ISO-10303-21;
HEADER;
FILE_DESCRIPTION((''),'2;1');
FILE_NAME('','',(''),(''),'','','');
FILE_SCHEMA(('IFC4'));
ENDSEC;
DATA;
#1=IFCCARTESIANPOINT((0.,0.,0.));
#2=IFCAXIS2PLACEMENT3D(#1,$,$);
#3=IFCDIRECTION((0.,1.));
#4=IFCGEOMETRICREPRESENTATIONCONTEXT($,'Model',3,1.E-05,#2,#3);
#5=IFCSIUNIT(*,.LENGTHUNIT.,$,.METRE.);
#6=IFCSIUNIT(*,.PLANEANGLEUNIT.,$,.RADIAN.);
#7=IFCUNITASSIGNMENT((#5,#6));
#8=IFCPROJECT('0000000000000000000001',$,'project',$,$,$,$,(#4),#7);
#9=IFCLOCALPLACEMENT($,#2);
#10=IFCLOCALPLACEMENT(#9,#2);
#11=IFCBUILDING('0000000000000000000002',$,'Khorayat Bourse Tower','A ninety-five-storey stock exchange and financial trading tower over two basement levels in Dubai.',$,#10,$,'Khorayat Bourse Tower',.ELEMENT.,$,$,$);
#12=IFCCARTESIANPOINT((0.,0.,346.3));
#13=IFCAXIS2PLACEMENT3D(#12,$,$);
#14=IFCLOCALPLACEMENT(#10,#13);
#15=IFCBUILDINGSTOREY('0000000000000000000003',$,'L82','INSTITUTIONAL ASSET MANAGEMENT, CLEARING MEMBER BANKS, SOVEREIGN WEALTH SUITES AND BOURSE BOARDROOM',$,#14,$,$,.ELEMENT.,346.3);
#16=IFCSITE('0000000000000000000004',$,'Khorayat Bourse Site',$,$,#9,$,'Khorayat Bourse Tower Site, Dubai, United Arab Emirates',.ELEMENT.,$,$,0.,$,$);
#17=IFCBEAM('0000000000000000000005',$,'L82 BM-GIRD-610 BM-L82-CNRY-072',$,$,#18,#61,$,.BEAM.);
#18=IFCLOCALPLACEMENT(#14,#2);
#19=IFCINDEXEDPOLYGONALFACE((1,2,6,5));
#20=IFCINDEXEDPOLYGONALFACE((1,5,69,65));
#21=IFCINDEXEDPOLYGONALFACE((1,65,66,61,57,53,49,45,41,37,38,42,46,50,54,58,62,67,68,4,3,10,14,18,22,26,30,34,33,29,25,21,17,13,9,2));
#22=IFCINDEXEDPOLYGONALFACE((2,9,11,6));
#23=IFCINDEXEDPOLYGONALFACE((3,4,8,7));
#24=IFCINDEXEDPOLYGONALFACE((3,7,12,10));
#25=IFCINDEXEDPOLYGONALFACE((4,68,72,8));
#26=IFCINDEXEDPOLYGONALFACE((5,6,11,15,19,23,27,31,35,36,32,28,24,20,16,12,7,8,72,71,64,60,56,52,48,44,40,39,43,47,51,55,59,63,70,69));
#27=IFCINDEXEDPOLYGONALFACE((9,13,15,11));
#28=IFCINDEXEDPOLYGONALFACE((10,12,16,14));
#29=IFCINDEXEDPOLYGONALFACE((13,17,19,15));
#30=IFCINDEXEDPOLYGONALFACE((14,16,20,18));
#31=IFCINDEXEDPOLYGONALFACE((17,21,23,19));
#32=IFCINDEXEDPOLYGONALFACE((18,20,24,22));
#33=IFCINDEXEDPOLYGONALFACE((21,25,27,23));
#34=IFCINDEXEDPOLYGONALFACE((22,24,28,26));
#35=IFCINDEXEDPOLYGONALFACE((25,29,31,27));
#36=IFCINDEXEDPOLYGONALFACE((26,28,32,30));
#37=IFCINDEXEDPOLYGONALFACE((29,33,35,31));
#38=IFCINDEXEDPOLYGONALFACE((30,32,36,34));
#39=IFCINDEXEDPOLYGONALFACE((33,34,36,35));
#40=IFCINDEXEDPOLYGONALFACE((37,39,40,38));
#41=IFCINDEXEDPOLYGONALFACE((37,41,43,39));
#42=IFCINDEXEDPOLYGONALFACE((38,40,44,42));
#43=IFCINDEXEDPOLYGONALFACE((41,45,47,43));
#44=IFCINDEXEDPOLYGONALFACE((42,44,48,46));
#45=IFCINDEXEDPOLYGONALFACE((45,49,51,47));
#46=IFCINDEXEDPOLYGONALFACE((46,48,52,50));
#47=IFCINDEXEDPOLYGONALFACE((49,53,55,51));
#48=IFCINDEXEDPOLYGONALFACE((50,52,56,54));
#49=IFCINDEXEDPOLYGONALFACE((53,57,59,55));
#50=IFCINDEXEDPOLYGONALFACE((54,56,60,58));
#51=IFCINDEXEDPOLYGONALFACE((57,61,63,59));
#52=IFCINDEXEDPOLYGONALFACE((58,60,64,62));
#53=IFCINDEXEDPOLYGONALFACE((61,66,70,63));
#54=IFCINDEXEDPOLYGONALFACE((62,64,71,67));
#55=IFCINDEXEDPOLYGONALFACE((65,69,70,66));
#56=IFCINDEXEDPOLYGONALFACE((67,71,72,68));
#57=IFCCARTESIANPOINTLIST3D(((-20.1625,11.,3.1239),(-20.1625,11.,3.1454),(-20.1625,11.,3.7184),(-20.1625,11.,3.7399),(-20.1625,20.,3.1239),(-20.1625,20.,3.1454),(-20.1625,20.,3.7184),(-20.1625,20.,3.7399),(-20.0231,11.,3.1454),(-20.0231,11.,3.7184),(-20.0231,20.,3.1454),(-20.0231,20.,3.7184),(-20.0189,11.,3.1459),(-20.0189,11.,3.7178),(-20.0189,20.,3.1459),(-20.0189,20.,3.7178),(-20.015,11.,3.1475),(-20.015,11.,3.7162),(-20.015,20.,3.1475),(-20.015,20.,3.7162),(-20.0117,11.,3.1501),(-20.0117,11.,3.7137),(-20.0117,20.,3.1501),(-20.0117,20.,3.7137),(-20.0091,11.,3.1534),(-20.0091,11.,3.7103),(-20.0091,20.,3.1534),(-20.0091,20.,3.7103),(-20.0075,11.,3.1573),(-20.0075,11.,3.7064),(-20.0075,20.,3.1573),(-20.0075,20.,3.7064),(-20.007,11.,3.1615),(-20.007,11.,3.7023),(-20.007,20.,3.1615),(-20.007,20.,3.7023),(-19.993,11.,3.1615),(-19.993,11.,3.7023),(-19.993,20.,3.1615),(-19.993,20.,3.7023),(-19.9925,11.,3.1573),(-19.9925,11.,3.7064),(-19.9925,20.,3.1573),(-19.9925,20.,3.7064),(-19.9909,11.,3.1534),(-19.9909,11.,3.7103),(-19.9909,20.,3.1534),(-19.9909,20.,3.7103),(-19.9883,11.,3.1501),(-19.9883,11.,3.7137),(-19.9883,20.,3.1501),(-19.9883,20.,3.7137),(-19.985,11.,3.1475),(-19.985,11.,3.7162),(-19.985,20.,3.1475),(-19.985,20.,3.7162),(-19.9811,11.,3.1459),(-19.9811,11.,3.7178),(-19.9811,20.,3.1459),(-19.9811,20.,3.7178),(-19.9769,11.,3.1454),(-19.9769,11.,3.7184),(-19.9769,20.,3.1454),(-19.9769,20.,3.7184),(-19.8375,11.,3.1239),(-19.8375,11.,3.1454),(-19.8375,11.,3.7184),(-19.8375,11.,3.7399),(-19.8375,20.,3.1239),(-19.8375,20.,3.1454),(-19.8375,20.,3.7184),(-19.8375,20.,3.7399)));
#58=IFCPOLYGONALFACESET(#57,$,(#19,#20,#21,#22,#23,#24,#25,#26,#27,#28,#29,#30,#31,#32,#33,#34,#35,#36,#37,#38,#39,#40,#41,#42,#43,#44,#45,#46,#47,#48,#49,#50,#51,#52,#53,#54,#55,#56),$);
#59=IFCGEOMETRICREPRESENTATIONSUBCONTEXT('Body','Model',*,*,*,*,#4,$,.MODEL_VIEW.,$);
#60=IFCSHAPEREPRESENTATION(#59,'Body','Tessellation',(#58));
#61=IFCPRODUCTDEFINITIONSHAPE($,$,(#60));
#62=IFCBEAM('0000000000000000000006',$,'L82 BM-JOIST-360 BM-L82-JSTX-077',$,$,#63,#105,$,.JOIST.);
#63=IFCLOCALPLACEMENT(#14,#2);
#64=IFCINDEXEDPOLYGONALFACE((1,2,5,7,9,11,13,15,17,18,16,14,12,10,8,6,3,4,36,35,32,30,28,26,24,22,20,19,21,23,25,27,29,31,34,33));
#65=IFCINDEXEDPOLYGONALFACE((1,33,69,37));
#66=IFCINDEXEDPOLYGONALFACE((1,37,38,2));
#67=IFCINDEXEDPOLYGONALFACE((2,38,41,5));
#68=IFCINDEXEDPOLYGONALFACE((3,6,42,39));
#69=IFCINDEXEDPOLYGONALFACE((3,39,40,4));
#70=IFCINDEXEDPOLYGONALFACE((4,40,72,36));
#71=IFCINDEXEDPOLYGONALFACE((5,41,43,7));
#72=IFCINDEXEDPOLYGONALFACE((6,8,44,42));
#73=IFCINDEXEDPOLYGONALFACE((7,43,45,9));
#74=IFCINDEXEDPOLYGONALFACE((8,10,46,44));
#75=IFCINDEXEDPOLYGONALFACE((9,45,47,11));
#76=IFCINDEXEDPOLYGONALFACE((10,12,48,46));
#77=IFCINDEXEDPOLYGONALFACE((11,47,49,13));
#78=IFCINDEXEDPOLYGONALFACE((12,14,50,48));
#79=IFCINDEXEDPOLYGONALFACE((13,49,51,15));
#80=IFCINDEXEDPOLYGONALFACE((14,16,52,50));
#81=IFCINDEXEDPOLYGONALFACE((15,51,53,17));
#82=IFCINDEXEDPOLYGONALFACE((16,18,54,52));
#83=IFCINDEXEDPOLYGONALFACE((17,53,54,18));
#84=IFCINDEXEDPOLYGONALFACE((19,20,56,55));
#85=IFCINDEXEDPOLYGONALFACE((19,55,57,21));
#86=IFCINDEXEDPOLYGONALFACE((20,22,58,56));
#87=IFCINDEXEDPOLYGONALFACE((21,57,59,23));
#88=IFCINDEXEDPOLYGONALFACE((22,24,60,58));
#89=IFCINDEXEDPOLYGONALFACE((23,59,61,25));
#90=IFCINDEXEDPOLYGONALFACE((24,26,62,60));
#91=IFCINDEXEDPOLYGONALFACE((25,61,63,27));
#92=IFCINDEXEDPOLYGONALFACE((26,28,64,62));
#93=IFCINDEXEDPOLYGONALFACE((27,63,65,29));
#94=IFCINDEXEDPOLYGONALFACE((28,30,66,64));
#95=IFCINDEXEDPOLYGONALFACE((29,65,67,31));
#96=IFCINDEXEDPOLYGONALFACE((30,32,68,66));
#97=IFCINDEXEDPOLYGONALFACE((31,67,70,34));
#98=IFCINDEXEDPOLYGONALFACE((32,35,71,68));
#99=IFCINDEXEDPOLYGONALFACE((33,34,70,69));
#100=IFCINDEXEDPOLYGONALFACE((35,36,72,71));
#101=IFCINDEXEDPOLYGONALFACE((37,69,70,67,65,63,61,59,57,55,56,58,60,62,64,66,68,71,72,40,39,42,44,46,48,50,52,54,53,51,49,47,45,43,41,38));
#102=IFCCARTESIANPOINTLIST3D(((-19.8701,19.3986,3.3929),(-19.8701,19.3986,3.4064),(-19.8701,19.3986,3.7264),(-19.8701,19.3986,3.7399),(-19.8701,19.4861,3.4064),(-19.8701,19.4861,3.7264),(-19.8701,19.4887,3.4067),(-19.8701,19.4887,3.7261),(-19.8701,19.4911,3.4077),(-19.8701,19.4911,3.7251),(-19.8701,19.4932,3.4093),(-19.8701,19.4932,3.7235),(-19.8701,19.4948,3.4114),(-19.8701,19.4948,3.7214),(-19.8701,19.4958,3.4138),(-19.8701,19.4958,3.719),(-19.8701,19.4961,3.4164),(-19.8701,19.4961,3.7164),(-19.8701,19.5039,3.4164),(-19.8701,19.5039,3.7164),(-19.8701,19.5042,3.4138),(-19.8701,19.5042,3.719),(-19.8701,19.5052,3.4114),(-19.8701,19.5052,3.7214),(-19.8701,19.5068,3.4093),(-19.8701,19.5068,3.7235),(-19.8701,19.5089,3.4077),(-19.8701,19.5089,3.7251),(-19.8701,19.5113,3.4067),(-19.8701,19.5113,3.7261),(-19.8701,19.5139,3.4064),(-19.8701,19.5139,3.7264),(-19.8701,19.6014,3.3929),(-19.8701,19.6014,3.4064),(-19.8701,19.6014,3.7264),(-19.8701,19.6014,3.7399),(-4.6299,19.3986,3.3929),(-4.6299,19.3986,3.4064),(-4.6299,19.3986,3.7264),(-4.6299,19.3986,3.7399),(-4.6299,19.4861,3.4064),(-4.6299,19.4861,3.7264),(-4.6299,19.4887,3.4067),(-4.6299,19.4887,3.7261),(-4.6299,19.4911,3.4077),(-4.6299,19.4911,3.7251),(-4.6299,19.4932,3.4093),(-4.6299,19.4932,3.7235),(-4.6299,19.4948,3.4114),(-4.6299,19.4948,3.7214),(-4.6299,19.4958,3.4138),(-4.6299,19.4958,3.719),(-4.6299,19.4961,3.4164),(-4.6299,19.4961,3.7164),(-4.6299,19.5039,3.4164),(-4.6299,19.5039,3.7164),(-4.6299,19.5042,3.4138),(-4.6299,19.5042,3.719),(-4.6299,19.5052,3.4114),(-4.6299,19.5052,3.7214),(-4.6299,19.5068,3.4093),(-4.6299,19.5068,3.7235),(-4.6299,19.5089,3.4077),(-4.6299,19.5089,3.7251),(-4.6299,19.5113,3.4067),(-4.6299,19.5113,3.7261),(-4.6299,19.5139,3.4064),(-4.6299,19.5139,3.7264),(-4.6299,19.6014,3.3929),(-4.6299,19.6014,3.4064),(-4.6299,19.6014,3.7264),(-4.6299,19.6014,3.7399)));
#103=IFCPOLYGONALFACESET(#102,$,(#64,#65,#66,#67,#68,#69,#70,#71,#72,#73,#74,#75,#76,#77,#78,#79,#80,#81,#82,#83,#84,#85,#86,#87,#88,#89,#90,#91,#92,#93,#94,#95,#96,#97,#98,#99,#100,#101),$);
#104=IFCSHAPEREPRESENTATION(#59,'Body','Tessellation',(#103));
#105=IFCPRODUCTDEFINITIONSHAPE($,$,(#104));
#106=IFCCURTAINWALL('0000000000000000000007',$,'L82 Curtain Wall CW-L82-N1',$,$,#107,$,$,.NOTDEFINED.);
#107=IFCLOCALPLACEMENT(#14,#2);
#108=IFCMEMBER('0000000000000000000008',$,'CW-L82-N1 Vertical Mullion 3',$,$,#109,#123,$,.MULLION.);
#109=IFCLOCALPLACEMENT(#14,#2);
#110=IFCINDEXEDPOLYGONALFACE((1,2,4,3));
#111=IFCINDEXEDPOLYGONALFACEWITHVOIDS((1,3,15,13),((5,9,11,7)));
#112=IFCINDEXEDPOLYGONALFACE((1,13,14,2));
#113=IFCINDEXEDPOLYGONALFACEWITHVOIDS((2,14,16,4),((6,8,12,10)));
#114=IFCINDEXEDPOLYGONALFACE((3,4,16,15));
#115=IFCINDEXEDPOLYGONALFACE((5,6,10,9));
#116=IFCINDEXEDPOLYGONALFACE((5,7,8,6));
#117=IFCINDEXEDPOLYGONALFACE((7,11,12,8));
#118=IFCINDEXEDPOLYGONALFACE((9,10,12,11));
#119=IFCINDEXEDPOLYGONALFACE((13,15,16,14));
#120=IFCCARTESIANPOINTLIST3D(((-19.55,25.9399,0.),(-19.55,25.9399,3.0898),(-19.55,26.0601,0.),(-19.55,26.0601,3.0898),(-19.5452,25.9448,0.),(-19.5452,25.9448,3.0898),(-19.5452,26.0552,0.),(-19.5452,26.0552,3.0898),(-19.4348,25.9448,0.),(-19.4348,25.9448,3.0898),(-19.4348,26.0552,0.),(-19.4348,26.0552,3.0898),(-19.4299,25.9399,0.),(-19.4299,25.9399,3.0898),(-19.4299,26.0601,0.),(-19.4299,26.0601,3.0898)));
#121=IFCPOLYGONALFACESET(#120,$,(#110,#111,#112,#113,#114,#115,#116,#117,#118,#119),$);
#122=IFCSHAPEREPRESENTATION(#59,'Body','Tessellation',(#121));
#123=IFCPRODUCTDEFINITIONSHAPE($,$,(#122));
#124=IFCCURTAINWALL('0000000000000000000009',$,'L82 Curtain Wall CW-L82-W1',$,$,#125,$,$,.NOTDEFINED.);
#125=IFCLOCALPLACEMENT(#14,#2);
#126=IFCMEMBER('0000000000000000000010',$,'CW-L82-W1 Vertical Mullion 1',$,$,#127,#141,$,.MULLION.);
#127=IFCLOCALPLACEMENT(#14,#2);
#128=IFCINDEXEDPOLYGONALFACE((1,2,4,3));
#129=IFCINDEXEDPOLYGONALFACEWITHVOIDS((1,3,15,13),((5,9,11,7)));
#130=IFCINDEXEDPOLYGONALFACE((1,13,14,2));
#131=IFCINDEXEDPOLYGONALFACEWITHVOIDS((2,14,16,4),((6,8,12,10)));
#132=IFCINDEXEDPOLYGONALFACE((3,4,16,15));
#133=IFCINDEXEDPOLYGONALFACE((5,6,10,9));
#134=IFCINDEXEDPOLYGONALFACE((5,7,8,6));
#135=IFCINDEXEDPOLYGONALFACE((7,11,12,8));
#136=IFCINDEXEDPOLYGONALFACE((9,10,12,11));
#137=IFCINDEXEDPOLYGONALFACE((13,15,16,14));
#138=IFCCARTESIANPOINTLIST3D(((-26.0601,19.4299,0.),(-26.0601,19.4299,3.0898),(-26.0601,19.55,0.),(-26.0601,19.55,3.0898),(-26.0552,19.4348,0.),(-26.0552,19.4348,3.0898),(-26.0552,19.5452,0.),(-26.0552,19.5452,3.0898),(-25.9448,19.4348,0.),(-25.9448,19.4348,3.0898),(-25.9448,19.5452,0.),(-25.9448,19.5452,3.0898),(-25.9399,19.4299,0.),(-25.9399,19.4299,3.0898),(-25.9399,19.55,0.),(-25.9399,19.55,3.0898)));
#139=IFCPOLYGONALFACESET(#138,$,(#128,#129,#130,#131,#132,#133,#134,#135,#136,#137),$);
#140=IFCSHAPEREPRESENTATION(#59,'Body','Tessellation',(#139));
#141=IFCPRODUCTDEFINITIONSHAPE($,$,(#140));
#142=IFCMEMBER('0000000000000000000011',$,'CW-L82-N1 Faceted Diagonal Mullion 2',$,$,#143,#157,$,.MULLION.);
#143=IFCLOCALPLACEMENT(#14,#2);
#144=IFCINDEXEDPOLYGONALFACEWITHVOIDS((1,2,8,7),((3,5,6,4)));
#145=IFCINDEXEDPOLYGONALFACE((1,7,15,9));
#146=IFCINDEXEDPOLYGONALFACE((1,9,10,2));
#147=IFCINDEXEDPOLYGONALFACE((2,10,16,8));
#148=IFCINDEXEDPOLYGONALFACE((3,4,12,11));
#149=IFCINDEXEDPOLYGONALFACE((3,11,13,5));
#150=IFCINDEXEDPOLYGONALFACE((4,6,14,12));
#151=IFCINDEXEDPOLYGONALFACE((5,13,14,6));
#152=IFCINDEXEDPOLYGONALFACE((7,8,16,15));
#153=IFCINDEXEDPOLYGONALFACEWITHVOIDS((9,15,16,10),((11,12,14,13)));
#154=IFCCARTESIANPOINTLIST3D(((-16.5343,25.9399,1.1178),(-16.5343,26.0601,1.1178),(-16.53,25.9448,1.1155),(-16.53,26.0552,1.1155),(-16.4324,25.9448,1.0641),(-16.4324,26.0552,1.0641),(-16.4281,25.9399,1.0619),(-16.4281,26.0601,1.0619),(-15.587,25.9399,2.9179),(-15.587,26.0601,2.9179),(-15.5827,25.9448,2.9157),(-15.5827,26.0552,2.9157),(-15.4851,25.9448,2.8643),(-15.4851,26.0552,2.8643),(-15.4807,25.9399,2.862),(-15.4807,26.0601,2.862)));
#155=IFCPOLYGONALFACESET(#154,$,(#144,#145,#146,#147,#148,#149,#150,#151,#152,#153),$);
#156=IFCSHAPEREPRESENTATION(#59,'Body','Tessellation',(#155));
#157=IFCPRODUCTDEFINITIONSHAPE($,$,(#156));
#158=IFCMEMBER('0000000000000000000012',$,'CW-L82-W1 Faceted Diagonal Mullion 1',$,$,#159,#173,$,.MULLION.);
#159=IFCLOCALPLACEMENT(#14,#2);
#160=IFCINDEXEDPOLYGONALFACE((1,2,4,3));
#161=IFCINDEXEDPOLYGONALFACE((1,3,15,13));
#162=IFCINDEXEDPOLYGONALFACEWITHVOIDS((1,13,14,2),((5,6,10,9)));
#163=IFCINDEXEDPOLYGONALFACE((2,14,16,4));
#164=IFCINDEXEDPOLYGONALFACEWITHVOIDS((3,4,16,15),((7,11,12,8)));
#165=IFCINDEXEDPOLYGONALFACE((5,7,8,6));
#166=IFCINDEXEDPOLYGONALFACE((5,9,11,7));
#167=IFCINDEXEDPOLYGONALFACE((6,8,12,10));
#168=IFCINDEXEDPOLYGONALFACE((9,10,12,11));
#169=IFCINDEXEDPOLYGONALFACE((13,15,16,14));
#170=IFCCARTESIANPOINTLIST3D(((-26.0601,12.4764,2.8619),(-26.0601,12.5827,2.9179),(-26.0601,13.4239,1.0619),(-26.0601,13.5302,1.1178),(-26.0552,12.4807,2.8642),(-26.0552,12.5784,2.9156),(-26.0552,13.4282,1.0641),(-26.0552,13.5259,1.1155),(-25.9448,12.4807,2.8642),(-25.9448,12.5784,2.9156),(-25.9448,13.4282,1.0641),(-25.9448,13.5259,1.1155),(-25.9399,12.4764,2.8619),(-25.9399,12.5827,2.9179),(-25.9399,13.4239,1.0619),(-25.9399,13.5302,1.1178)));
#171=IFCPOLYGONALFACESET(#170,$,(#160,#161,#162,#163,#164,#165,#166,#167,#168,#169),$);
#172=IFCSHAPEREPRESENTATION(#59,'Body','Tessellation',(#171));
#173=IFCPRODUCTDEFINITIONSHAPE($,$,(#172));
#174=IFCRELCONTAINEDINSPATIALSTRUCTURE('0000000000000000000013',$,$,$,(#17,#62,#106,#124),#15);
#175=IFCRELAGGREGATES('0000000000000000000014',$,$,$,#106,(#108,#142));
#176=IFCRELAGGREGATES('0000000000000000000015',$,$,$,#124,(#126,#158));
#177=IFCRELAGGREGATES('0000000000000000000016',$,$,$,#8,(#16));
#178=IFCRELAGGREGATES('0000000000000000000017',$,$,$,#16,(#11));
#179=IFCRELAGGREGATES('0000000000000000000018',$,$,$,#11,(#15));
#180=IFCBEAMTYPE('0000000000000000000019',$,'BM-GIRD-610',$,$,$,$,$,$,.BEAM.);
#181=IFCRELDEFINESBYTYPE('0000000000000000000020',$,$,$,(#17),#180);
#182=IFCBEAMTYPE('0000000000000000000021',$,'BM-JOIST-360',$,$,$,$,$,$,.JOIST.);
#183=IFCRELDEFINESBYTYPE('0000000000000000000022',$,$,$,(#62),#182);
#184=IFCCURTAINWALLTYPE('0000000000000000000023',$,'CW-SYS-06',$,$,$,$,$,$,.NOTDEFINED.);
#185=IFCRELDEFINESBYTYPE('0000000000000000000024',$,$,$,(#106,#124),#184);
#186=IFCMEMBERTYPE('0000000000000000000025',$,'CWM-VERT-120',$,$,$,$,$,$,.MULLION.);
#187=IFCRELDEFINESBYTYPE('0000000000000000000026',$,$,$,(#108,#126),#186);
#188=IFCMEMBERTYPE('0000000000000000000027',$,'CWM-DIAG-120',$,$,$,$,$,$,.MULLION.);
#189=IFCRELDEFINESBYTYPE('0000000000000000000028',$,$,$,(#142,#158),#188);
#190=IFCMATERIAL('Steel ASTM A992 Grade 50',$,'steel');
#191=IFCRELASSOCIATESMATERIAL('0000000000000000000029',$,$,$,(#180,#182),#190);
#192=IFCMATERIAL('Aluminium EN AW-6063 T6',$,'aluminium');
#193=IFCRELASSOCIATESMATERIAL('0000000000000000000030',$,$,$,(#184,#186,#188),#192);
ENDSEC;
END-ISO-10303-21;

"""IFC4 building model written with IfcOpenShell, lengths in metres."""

from ifc_helpers import new_model, si_unit, direction, frame, origin, origin_2d, place, context, subcontext, project, spatial, hollow_rectangle, i_section, extrude, source, transform, mapped, material, material_profile, profile_set, type_object, element, aggregate, save


model = new_model("IFC4")

# Units and contexts
model_context = context("Model", 3, precision=1e-05, world=origin(), true_north=direction((0.0, 1.0)))
body_context = subcontext(model_context, "Body", "Model", "MODEL_VIEW")
ifc_project = project(units=[si_unit("LENGTHUNIT", "METRE"), si_unit("PLANEANGLEUNIT", "RADIAN")], contexts=[model_context])

# Site, building, storey
site_placement = place(None, origin())
site = spatial("IfcSite", under=ifc_project, at=site_placement, Name="Khorayat Bourse Site", LongName="Khorayat Bourse Tower Site, Dubai, United Arab Emirates", CompositionType="ELEMENT", RefElevation=0.0)
building_placement = place(site_placement, origin())
building = spatial("IfcBuilding", under=site, at=building_placement, Name="Khorayat Bourse Tower", Description="A ninety-five-storey stock exchange and financial trading tower over two basement levels in Dubai.", LongName="Khorayat Bourse Tower", CompositionType="ELEMENT")
storey_placement = place(building_placement, frame((0.0, 0.0, 346.3)))
storey = spatial("IfcBuildingStorey", under=building, at=storey_placement, Name="L82", Description="INSTITUTIONAL ASSET MANAGEMENT, CLEARING MEMBER BANKS, SOVEREIGN WEALTH SUITES AND BOURSE BOARDROOM", CompositionType="ELEMENT", Elevation=346.3)

# Beams
ifc_material_1 = material(Name="Steel ASTM A992 Grade 50", Category="steel")
ifc_material_profile_1 = material_profile(ifc_material_1, i_section(OverallWidth=0.325, OverallDepth=0.616, WebThickness=0.0139, FlangeThickness=0.0215, FilletRadius=0.0161, at=origin_2d()), Name="W610X174")
ifc_profile_set_1 = profile_set([ifc_material_profile_1], Name="Steel ASTM A992 Grade 50")
beam_type_1 = type_object("IfcBeamType", Name="BM-GIRD-610", PredefinedType="BEAM", material=ifc_profile_set_1)
shared_shape_1 = source(origin(), body_context, "Body", "SweptSolid", [
    extrude(i_section(OverallWidth=0.325, OverallDepth=0.616, WebThickness=0.0139, FlangeThickness=0.0215, FilletRadius=0.0161, at=origin_2d()), origin(), (0.0, 0.0, 1.0), 9.0),
])
beam_1_placement = place(storey_placement, frame((-20.0, 11.0, 3.4319), z_axis=(0.0, 1.0, 0.0), x_axis=(-1.0, 0.0, 0.0)))
element("IfcBeam", 1, at=beam_1_placement, inside=storey, type_object=beam_type_1, Name="L82 BM-GIRD-610 BM-L82-CNRY-072", PredefinedType="BEAM", context=body_context, shape_type="MappedRepresentation", body=[
    mapped(shared_shape_1, transform((0.0, 0.0, 0.0), scale=1.0)),
])
ifc_material_profile_2 = material_profile(ifc_material_1, i_section(OverallWidth=0.2029, OverallDepth=0.3469, WebThickness=0.0078, FlangeThickness=0.0134, FilletRadius=0.01, at=origin_2d()), Name="W360X64")
ifc_profile_set_2 = profile_set([ifc_material_profile_2], Name="Steel ASTM A992 Grade 50")
beam_type_2 = type_object("IfcBeamType", Name="BM-JOIST-360", PredefinedType="JOIST", material=ifc_profile_set_2)
shared_shape_2 = source(origin(), body_context, "Body", "SweptSolid", [
    extrude(i_section(OverallWidth=0.2029, OverallDepth=0.3469, WebThickness=0.0078, FlangeThickness=0.0134, FilletRadius=0.01, at=origin_2d()), origin(), (0.0, 0.0, 1.0), 15.2402),
])
beam_2_placement = place(storey_placement, frame((-19.8701, 19.5, 3.5664), z_axis=(1.0, 0.0, 0.0), x_axis=(0.0, 1.0, 0.0)))
element("IfcBeam", 2, at=beam_2_placement, inside=storey, type_object=beam_type_2, Name="L82 BM-JOIST-360 BM-L82-JSTX-077", PredefinedType="JOIST", context=body_context, shape_type="MappedRepresentation", body=[
    mapped(shared_shape_2, transform((0.0, 0.0, 0.0), scale=1.0)),
])

# Curtain walls, members
ifc_material_2 = material(Name="Aluminium EN AW-6063 T6", Category="aluminium")
curtain_wall_type = type_object("IfcCurtainWallType", Name="CW-SYS-06", PredefinedType="NOTDEFINED", material=ifc_material_2)
curtain_wall_1_placement = place(storey_placement, origin())
curtain_wall_1 = element("IfcCurtainWall", 3, at=curtain_wall_1_placement, inside=storey, type_object=curtain_wall_type, Name="L82 Curtain Wall CW-L82-N1", PredefinedType="NOTDEFINED")
ifc_material_profile_3 = material_profile(ifc_material_2, hollow_rectangle(XDim=0.1201, YDim=0.1201, WallThickness=0.0049, at=origin_2d()), Name="ALU 120x120x5")
ifc_profile_set_3 = profile_set([ifc_material_profile_3], Name="Aluminium EN AW-6063 T6")
member_type_1 = type_object("IfcMemberType", Name="CWM-VERT-120", PredefinedType="MULLION", material=ifc_profile_set_3)
shared_shape_3 = source(origin(), body_context, "Body", "SweptSolid", [
    extrude(hollow_rectangle(XDim=0.1201, YDim=0.1201, WallThickness=0.0049, at=origin_2d()), origin(), (0.0, 0.0, 1.0), 3.0898),
])
member_1_placement = place(storey_placement, frame((-19.49, 26.0, 0.0), z_axis=(0.0, 0.0, 1.0), x_axis=(0.0, -1.0, 0.0)))
member_1 = element("IfcMember", 4, at=member_1_placement, type_object=member_type_1, Name="CW-L82-N1 Vertical Mullion 3", PredefinedType="MULLION", context=body_context, shape_type="MappedRepresentation", body=[
    mapped(shared_shape_3, transform((0.0, 0.0, 0.0), scale=1.0)),
])
curtain_wall_2_placement = place(storey_placement, origin())
curtain_wall_2 = element("IfcCurtainWall", 5, at=curtain_wall_2_placement, inside=storey, type_object=curtain_wall_type, Name="L82 Curtain Wall CW-L82-W1", PredefinedType="NOTDEFINED")
member_2_placement = place(storey_placement, frame((-26.0, 19.49, 0.0), z_axis=(0.0, 0.0, 1.0), x_axis=(1.0, 0.0, 0.0)))
member_2 = element("IfcMember", 6, at=member_2_placement, type_object=member_type_1, Name="CW-L82-W1 Vertical Mullion 1", PredefinedType="MULLION", context=body_context, shape_type="MappedRepresentation", body=[
    mapped(shared_shape_3, transform((0.0, 0.0, 0.0), scale=1.0)),
])

# Members
ifc_material_profile_4 = material_profile(ifc_material_2, hollow_rectangle(XDim=0.1201, YDim=0.1201, WallThickness=0.0049, at=origin_2d()), Name="ALU 120x120x5")
ifc_profile_set_4 = profile_set([ifc_material_profile_4], Name="Aluminium EN AW-6063 T6")
member_type_2 = type_object("IfcMemberType", Name="CWM-DIAG-120", PredefinedType="MULLION", material=ifc_profile_set_4)
shared_shape_4 = source(origin(), body_context, "Body", "SweptSolid", [
    extrude(hollow_rectangle(XDim=0.1201, YDim=0.1201, WallThickness=0.0049, at=origin_2d()), origin(), (0.0, 0.0, 1.0), 2.0342),
])
member_3_placement = place(storey_placement, frame((-16.4812, 26.0, 1.0898), z_axis=(0.465697, 0.0, 0.884944), x_axis=(0.0, 1.0, 0.0)))
member_3 = element("IfcMember", 7, at=member_3_placement, type_object=member_type_2, Name="CW-L82-N1 Faceted Diagonal Mullion 2", PredefinedType="MULLION", context=body_context, shape_type="MappedRepresentation", body=[
    mapped(shared_shape_4, transform((0.0, 0.0, 0.0), scale=1.0)),
])
member_4_placement = place(storey_placement, frame((-26.0, 13.4771, 1.0898), z_axis=(0.0, -0.465791, 0.884895), x_axis=(1.0, 0.0, 0.0)))
member_4 = element("IfcMember", 8, at=member_4_placement, type_object=member_type_2, Name="CW-L82-W1 Faceted Diagonal Mullion 1", PredefinedType="MULLION", context=body_context, shape_type="MappedRepresentation", body=[
    mapped(shared_shape_4, transform((0.0, 0.0, 0.0), scale=1.0)),
])

aggregate(curtain_wall_1, [member_1, member_3])
aggregate(curtain_wall_2, [member_2, member_4])

save(model, "model.ifc")
